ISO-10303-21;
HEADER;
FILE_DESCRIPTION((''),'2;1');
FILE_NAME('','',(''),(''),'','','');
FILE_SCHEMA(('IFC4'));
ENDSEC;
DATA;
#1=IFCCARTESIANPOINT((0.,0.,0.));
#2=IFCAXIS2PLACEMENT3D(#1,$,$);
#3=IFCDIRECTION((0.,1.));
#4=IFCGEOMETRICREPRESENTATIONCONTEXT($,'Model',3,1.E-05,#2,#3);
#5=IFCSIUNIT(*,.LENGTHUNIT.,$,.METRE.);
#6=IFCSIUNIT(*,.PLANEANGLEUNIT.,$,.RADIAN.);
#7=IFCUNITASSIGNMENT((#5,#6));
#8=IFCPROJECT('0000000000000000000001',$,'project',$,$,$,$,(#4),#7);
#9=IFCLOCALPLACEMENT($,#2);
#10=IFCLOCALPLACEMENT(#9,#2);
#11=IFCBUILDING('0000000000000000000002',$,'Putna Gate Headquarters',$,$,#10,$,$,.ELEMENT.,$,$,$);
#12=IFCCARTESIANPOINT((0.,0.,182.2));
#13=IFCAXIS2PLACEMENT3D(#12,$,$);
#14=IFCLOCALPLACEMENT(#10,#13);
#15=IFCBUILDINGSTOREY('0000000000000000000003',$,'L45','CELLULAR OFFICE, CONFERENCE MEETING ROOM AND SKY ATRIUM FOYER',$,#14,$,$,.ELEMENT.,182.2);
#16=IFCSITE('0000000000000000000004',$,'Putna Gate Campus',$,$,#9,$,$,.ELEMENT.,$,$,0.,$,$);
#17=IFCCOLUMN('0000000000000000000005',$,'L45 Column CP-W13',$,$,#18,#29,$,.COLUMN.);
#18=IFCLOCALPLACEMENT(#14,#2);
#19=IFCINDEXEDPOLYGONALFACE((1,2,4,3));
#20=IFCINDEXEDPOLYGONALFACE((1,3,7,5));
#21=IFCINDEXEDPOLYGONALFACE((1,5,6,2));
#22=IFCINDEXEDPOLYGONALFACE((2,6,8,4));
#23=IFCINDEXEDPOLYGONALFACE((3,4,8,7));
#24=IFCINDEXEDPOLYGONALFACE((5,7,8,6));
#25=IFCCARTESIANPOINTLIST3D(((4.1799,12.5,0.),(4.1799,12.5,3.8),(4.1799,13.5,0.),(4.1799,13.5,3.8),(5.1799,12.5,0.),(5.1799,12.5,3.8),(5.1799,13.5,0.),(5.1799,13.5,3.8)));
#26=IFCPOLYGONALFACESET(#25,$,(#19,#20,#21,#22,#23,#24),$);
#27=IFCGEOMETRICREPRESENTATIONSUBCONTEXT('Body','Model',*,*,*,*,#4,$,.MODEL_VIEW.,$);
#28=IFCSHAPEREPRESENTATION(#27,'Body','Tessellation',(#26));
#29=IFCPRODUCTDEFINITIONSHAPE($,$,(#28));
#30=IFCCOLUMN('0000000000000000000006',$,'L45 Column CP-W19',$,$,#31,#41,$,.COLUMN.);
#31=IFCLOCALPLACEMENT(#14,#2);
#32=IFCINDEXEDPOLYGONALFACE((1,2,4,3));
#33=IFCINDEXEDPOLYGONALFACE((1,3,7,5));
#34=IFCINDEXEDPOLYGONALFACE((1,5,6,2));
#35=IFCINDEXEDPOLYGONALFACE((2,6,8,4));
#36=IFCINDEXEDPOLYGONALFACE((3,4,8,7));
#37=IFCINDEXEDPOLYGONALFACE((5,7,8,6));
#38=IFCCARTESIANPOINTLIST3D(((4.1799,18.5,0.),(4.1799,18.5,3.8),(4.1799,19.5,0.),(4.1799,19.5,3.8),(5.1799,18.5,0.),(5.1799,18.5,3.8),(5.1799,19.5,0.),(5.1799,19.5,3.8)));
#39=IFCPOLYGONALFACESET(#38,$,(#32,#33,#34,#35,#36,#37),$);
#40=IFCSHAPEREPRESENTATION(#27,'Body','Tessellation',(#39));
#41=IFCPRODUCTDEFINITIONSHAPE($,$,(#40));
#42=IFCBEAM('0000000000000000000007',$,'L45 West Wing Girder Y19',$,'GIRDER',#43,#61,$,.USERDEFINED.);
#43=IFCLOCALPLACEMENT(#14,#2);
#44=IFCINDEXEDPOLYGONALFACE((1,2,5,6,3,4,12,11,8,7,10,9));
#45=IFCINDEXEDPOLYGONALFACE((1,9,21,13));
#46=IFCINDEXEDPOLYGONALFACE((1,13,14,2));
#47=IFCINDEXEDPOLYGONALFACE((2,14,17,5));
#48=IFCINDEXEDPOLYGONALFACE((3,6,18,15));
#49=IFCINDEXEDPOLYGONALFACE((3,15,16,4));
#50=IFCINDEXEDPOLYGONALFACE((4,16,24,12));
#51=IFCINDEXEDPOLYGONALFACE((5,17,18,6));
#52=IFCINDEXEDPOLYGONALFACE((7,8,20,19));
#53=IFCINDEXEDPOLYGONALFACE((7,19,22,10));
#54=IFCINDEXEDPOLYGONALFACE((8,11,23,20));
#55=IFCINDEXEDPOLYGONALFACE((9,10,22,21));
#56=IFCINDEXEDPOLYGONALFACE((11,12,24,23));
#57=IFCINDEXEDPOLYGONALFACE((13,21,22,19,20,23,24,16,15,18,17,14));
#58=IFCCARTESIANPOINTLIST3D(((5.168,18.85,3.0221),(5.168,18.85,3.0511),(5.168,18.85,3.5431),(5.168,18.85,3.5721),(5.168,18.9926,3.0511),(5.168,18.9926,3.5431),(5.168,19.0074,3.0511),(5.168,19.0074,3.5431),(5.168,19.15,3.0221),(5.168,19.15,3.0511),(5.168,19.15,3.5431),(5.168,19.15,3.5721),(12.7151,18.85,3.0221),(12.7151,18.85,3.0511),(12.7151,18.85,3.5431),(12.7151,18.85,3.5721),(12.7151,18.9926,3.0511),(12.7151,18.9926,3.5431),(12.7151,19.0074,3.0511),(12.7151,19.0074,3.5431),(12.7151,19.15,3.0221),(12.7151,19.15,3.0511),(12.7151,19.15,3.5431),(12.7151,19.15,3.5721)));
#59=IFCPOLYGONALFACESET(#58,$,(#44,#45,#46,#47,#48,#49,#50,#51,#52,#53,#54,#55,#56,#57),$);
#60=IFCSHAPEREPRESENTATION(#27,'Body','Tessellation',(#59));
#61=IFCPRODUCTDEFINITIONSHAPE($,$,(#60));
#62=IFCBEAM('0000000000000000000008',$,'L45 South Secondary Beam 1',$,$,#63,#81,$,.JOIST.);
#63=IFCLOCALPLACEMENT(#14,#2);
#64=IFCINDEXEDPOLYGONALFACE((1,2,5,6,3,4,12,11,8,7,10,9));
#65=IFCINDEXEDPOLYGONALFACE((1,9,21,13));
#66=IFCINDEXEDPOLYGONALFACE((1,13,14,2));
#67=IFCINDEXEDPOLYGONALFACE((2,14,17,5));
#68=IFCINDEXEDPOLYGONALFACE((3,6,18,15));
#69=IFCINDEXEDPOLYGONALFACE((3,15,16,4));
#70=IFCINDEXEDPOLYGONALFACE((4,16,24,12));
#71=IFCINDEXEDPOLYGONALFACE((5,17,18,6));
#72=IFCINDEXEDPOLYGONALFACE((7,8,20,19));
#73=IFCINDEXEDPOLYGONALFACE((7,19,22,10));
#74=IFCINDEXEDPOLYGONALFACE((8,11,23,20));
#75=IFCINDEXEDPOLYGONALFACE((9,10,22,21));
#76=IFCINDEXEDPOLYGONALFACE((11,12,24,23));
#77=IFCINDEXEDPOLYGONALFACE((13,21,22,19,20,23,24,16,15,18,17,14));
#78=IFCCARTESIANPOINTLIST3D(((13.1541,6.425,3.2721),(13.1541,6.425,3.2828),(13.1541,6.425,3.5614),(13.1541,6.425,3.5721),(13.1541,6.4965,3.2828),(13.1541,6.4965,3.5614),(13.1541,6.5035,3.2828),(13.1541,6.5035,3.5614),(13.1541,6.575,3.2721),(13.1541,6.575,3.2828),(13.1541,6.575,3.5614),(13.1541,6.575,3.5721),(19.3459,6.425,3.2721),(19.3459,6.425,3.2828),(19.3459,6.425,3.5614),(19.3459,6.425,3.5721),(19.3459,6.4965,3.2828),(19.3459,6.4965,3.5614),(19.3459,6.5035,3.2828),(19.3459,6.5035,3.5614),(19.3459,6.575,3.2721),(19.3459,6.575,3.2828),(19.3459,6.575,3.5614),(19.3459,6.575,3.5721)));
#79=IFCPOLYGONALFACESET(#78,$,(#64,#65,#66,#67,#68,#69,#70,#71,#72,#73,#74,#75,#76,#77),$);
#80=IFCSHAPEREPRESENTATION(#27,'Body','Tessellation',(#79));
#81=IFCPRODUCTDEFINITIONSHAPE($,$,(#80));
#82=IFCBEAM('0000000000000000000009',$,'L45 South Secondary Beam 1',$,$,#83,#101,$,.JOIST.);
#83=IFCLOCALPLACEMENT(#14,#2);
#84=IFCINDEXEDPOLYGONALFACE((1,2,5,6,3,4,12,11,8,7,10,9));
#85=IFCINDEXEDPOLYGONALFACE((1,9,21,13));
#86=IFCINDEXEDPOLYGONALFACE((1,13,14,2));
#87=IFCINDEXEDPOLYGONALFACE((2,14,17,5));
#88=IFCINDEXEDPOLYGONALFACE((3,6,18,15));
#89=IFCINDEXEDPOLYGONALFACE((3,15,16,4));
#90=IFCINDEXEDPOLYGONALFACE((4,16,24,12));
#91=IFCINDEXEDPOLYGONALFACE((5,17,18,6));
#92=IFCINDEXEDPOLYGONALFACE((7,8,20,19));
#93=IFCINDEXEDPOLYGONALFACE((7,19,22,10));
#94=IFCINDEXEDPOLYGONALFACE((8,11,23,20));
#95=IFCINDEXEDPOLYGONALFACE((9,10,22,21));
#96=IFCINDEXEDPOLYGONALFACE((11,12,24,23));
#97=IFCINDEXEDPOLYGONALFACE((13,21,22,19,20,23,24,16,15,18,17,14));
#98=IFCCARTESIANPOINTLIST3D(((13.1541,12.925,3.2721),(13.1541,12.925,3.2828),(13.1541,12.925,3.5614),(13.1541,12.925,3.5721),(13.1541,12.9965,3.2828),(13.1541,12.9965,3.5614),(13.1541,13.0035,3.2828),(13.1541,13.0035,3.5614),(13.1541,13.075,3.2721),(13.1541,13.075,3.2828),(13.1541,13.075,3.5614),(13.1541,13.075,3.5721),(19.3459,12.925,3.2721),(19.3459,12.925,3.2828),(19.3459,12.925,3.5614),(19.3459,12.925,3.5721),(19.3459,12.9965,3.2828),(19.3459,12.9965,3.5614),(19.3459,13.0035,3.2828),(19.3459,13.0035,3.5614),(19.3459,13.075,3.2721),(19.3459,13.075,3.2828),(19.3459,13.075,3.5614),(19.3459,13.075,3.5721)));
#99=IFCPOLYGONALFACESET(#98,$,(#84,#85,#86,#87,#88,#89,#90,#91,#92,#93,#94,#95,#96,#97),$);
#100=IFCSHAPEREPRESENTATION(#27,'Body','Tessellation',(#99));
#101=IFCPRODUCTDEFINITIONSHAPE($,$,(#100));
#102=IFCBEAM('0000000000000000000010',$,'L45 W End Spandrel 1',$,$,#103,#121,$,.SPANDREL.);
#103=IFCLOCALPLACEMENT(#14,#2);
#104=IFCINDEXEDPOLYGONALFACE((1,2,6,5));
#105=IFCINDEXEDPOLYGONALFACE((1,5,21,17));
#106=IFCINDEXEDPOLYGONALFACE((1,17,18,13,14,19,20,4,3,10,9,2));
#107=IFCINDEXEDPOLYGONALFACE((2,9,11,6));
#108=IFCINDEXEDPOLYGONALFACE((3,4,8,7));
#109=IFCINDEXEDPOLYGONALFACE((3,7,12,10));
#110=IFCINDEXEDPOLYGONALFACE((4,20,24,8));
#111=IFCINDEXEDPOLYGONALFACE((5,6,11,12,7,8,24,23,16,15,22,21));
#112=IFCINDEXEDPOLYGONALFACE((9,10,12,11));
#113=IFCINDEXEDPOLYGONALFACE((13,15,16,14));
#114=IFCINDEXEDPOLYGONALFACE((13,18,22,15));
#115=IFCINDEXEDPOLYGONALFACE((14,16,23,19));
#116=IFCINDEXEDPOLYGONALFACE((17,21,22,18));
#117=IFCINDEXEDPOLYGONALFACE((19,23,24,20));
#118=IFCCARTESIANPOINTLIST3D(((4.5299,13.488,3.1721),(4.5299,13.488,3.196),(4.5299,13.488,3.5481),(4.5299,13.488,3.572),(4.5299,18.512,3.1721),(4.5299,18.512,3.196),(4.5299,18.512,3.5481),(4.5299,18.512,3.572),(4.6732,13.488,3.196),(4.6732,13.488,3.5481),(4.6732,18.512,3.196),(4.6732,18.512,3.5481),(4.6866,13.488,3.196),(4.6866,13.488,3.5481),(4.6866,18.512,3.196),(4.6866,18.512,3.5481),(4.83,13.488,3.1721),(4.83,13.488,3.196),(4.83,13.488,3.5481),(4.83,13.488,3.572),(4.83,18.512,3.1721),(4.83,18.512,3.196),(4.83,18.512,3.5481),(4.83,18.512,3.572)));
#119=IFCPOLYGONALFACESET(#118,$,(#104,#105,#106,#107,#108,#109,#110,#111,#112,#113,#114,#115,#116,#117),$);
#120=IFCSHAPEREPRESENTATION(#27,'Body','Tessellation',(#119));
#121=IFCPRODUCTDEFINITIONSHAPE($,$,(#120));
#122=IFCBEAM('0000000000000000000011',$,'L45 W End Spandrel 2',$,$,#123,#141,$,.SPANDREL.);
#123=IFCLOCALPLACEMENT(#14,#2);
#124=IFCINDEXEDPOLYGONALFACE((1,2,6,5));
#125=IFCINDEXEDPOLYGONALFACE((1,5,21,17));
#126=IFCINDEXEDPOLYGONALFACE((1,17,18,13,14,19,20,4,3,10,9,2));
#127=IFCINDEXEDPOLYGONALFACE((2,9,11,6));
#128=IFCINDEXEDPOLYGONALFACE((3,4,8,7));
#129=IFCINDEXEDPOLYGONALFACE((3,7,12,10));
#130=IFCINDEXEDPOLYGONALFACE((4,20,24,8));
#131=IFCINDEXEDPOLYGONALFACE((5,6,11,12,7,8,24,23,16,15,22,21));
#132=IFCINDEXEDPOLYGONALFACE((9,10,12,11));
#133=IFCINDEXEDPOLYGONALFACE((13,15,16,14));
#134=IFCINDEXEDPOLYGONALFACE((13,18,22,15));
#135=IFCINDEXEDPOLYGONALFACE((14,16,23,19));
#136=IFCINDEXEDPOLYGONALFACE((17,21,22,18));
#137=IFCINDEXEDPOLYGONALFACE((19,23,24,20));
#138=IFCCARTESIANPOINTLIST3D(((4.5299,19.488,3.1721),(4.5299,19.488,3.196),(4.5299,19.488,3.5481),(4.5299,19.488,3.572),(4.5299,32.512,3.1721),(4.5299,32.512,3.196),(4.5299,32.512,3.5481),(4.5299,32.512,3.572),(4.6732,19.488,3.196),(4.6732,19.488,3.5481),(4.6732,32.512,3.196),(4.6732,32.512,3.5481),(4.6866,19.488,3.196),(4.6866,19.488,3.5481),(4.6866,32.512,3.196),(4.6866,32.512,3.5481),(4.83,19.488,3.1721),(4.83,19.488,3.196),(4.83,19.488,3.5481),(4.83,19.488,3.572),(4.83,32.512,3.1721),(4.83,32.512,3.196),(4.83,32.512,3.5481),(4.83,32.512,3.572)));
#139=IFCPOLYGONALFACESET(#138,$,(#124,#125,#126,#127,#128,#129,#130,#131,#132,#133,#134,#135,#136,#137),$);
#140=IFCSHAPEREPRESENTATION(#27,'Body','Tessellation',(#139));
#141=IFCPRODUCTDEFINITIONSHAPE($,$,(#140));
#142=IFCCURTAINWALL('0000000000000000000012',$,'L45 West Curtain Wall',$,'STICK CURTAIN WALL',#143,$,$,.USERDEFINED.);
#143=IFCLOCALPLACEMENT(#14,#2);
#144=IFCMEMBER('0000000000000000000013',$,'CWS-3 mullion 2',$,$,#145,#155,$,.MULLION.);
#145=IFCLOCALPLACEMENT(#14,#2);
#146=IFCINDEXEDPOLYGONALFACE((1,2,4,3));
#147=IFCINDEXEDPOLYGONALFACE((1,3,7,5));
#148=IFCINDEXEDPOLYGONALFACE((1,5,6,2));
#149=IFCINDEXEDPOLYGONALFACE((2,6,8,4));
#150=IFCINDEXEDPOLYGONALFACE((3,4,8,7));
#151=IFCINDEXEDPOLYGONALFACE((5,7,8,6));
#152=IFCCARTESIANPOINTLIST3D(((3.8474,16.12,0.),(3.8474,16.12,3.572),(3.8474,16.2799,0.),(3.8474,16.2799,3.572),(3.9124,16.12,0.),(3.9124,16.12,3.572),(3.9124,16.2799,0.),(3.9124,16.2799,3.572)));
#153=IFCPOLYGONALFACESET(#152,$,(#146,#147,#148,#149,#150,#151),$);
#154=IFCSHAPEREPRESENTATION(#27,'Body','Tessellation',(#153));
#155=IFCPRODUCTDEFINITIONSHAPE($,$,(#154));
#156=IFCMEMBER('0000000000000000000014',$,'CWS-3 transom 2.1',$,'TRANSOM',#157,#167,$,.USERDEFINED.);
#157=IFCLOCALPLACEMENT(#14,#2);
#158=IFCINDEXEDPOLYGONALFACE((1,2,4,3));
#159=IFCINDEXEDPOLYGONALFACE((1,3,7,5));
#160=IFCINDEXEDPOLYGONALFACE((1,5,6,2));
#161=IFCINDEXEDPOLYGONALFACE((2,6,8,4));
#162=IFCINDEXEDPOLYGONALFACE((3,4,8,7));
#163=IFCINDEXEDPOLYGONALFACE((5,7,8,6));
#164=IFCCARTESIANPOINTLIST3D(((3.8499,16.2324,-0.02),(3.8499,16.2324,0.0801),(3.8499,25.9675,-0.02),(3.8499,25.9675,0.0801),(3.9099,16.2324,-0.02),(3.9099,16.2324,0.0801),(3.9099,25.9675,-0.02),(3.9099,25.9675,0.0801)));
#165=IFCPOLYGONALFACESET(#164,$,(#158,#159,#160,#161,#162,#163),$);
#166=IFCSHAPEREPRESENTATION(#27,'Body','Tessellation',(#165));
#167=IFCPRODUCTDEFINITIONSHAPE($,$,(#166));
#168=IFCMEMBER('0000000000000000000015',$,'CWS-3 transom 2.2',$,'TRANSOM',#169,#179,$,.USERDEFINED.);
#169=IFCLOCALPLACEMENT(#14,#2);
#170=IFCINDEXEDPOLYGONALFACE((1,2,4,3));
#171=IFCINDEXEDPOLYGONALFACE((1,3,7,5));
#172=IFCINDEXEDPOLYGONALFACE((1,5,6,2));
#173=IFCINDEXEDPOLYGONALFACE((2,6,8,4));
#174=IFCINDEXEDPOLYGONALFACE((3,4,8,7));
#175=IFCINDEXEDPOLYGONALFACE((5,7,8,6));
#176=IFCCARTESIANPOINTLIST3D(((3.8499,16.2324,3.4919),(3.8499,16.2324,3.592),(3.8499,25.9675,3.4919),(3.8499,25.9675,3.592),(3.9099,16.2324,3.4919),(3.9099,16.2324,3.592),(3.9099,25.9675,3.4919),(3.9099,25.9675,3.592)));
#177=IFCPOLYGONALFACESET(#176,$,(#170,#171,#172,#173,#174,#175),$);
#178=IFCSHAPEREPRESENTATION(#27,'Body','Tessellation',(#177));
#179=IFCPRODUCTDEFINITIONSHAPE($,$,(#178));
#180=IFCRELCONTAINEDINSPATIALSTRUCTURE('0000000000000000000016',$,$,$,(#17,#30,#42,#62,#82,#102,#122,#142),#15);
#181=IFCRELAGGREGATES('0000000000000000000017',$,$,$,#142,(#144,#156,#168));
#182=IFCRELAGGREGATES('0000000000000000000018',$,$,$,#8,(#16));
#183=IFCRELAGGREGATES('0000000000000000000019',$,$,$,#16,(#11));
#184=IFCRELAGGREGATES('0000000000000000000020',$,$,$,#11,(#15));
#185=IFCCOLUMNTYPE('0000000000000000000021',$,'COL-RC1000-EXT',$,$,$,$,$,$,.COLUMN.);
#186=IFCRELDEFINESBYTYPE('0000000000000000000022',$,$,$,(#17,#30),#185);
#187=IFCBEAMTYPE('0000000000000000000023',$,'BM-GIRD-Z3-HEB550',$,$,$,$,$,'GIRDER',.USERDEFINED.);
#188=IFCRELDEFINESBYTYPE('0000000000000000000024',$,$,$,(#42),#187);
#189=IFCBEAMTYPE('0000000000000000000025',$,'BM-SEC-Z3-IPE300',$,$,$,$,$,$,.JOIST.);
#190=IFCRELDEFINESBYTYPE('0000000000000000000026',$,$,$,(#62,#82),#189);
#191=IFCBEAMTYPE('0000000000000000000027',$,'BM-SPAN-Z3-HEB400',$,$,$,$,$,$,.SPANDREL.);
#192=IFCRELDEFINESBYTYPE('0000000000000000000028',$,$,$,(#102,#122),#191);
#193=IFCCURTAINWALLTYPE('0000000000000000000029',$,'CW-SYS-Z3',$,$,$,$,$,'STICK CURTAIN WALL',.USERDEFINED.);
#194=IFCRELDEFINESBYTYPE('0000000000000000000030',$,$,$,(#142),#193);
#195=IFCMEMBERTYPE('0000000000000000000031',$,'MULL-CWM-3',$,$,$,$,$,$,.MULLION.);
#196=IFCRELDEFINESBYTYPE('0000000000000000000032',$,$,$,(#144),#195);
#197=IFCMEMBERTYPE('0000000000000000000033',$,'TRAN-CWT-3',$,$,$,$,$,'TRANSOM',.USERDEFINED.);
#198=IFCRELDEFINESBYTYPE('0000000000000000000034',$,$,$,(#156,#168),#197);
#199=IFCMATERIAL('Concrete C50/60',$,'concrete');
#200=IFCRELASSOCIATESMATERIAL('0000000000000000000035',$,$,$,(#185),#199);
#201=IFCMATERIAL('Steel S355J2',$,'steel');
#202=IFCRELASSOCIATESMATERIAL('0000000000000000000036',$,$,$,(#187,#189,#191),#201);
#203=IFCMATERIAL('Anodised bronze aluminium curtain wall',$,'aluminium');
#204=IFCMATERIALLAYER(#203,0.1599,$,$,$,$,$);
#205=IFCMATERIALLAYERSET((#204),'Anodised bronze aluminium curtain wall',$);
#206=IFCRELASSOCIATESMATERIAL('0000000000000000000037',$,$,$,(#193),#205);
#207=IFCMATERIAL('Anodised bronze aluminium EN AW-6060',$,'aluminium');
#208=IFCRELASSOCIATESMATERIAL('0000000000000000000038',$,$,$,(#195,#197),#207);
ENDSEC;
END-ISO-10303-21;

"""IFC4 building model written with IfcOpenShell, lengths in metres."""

from ifc_helpers import new_model, si_unit, direction, frame, origin, origin_2d, place, context, subcontext, project, spatial, rectangle, i_section, extrude, material, layer, layer_set, material_profile, profile_set, type_object, element, aggregate, save


model = new_model("IFC4")

# Units and contexts
model_context = context("Model", 3, precision=1e-05, world=origin(), true_north=direction((0.0, 1.0)))
body_context = subcontext(model_context, "Body", "Model", "MODEL_VIEW")
ifc_project = project(units=[si_unit("LENGTHUNIT", "METRE"), si_unit("PLANEANGLEUNIT", "RADIAN")], contexts=[model_context])

# Site, building, storey
site_placement = place(None, origin())
site = spatial("IfcSite", under=ifc_project, at=site_placement, Name="Putna Gate Campus", CompositionType="ELEMENT", RefElevation=0.0)
building_placement = place(site_placement, origin())
building = spatial("IfcBuilding", under=site, at=building_placement, Name="Putna Gate Headquarters", CompositionType="ELEMENT")
storey_placement = place(building_placement, frame((0.0, 0.0, 182.2)))
storey = spatial("IfcBuildingStorey", under=building, at=storey_placement, Name="L45", Description="CELLULAR OFFICE, CONFERENCE MEETING ROOM AND SKY ATRIUM FOYER", CompositionType="ELEMENT", Elevation=182.2)

# Columns
ifc_material_1 = material(Name="Concrete C50/60", Category="concrete")
ifc_material_profile_1 = material_profile(ifc_material_1, rectangle(XDim=1.0, YDim=1.0, at=origin_2d()), Name="Concrete C50/60")
ifc_profile_set_1 = profile_set([ifc_material_profile_1], Name="Concrete C50/60")
column_type = type_object("IfcColumnType", Name="COL-RC1000-EXT", PredefinedType="COLUMN", material=ifc_profile_set_1)
for number, where, z_axis, x_axis, name in (
    (1, (4.6799, 13.0, 0.0), (0.0, 0.0, 1.0), (1.0, 0.0, 0.0), "L45 Column CP-W13"),
    (2, (4.6799, 19.0, 0.0), (0.0, 0.0, 1.0), (1.0, 0.0, 0.0), "L45 Column CP-W19"),
):
    element("IfcColumn", number, at=place(storey_placement, frame(where, z_axis=z_axis, x_axis=x_axis)), inside=storey, type_object=column_type, Name=name, PredefinedType="COLUMN", context=body_context, shape_type="SweptSolid", body=[
        extrude(rectangle(XDim=1.0, YDim=1.0, at=origin_2d()), origin(), (0.0, 0.0, 1.0), 3.8),
    ])

# Beams
ifc_material_2 = material(Name="Steel S355J2", Category="steel")
ifc_material_profile_2 = material_profile(ifc_material_2, i_section(OverallWidth=0.3, OverallDepth=0.55, WebThickness=0.0149, FlangeThickness=0.0291, at=origin_2d()), Name="Steel S355J2")
ifc_profile_set_2 = profile_set([ifc_material_profile_2], Name="Steel S355J2")
beam_type_1 = type_object("IfcBeamType", Name="BM-GIRD-Z3-HEB550", ElementType="GIRDER", PredefinedType="USERDEFINED", material=ifc_profile_set_2)
beam_1_placement = place(storey_placement, frame((5.168, 19.0, 3.2971), z_axis=(1.0, 0.0, 0.0), x_axis=(0.0, 1.0, 0.0)))
element("IfcBeam", 3, at=beam_1_placement, inside=storey, type_object=beam_type_1, Name="L45 West Wing Girder Y19", ObjectType="GIRDER", PredefinedType="USERDEFINED", context=body_context, shape_type="SweptSolid", body=[
    extrude(i_section(OverallWidth=0.3, OverallDepth=0.55, WebThickness=0.0149, FlangeThickness=0.0291, at=origin_2d()), origin(), (0.0, 0.0, 1.0), 7.5471),
])
ifc_material_profile_3 = material_profile(ifc_material_2, i_section(OverallWidth=0.1499, OverallDepth=0.3, WebThickness=0.0071, FlangeThickness=0.0107, at=origin_2d()), Name="Steel S355J2")
ifc_profile_set_3 = profile_set([ifc_material_profile_3], Name="Steel S355J2")
beam_type_2 = type_object("IfcBeamType", Name="BM-SEC-Z3-IPE300", PredefinedType="JOIST", material=ifc_profile_set_3)
for number, where, z_axis, x_axis, name in (
    (4, (13.1541, 6.5, 3.4221), (1.0, 0.0, 0.0), (0.0, 1.0, 0.0), "L45 South Secondary Beam 1"),
    (5, (13.1541, 13.0, 3.4221), (1.0, 0.0, 0.0), (0.0, 1.0, 0.0), "L45 South Secondary Beam 1"),
):
    element("IfcBeam", number, at=place(storey_placement, frame(where, z_axis=z_axis, x_axis=x_axis)), inside=storey, type_object=beam_type_2, Name=name, PredefinedType="JOIST", context=body_context, shape_type="SweptSolid", body=[
        extrude(i_section(OverallWidth=0.1499, OverallDepth=0.3, WebThickness=0.0071, FlangeThickness=0.0107, at=origin_2d()), origin(), (0.0, 0.0, 1.0), 6.1919),
    ])
ifc_material_profile_4 = material_profile(ifc_material_2, i_section(OverallWidth=0.3, OverallDepth=0.3999, WebThickness=0.0134, FlangeThickness=0.0239, at=origin_2d()), Name="Steel S355J2")
ifc_profile_set_4 = profile_set([ifc_material_profile_4], Name="Steel S355J2")
beam_type_3 = type_object("IfcBeamType", Name="BM-SPAN-Z3-HEB400", PredefinedType="SPANDREL", material=ifc_profile_set_4)
beam_2_placement = place(storey_placement, frame((4.6799, 13.488, 3.3721), z_axis=(0.0, 1.0, 0.0), x_axis=(-1.0, 0.0, 0.0)))
element("IfcBeam", 6, at=beam_2_placement, inside=storey, type_object=beam_type_3, Name="L45 W End Spandrel 1", PredefinedType="SPANDREL", context=body_context, shape_type="SweptSolid", body=[
    extrude(i_section(OverallWidth=0.3, OverallDepth=0.3999, WebThickness=0.0134, FlangeThickness=0.0239, at=origin_2d()), origin(), (0.0, 0.0, 1.0), 5.0239),
])
beam_3_placement = place(storey_placement, frame((4.6799, 19.488, 3.3721), z_axis=(0.0, 1.0, 0.0), x_axis=(-1.0, 0.0, 0.0)))
element("IfcBeam", 7, at=beam_3_placement, inside=storey, type_object=beam_type_3, Name="L45 W End Spandrel 2", PredefinedType="SPANDREL", context=body_context, shape_type="SweptSolid", body=[
    extrude(i_section(OverallWidth=0.3, OverallDepth=0.3999, WebThickness=0.0134, FlangeThickness=0.0239, at=origin_2d()), origin(), (0.0, 0.0, 1.0), 13.0239),
])

# Curtain wall, members
ifc_material_3 = material(Name="Anodised bronze aluminium curtain wall", Category="aluminium")
ifc_layer_1 = layer(ifc_material_3, 0.1599)
ifc_layer_set_1 = layer_set([ifc_layer_1], Name="Anodised bronze aluminium curtain wall")
curtain_wall_type = type_object("IfcCurtainWallType", Name="CW-SYS-Z3", ElementType="STICK CURTAIN WALL", PredefinedType="USERDEFINED", material=ifc_layer_set_1)
curtain_wall_placement = place(storey_placement, origin())
curtain_wall = element("IfcCurtainWall", 8, at=curtain_wall_placement, inside=storey, type_object=curtain_wall_type, Name="L45 West Curtain Wall", ObjectType="STICK CURTAIN WALL", PredefinedType="USERDEFINED")
ifc_material_4 = material(Name="Anodised bronze aluminium EN AW-6060", Category="aluminium")
ifc_material_profile_5 = material_profile(ifc_material_4, rectangle(XDim=0.0649, YDim=0.1599, at=origin_2d()), Name="Anodised bronze aluminium EN AW-6060")
ifc_profile_set_5 = profile_set([ifc_material_profile_5], Name="Anodised bronze aluminium EN AW-6060")
member_type_1 = type_object("IfcMemberType", Name="MULL-CWM-3", PredefinedType="MULLION", material=ifc_profile_set_5)
member_1_placement = place(storey_placement, frame((3.8799, 16.2, 0.0), z_axis=(0.0, 0.0, 1.0), x_axis=(-1.0, 0.0, 0.0)))
member_1 = element("IfcMember", 9, at=member_1_placement, type_object=member_type_1, Name="CWS-3 mullion 2", PredefinedType="MULLION", context=body_context, shape_type="SweptSolid", body=[
    extrude(rectangle(XDim=0.0649, YDim=0.1599, at=origin_2d()), origin(), (0.0, 0.0, 1.0), 3.572),
])
ifc_material_profile_6 = material_profile(ifc_material_4, rectangle(XDim=0.0601, YDim=0.1001, at=origin_2d()), Name="Anodised bronze aluminium EN AW-6060")
ifc_profile_set_6 = profile_set([ifc_material_profile_6], Name="Anodised bronze aluminium EN AW-6060")
member_type_2 = type_object("IfcMemberType", Name="TRAN-CWT-3", ElementType="TRANSOM", PredefinedType="USERDEFINED", material=ifc_profile_set_6)
member_2_placement = place(storey_placement, frame((3.8799, 16.2324, 0.03), z_axis=(0.0, 1.0, 0.0), x_axis=(-1.0, 0.0, 0.0)))
member_2 = element("IfcMember", 10, at=member_2_placement, type_object=member_type_2, Name="CWS-3 transom 2.1", ObjectType="TRANSOM", PredefinedType="USERDEFINED", context=body_context, shape_type="SweptSolid", body=[
    extrude(rectangle(XDim=0.0601, YDim=0.1001, at=origin_2d()), origin(), (0.0, 0.0, 1.0), 9.7351),
])
member_3_placement = place(storey_placement, frame((3.8799, 16.2324, 3.542), z_axis=(0.0, 1.0, 0.0), x_axis=(-1.0, 0.0, 0.0)))
member_3 = element("IfcMember", 11, at=member_3_placement, type_object=member_type_2, Name="CWS-3 transom 2.2", ObjectType="TRANSOM", PredefinedType="USERDEFINED", context=body_context, shape_type="SweptSolid", body=[
    extrude(rectangle(XDim=0.0601, YDim=0.1001, at=origin_2d()), origin(), (0.0, 0.0, 1.0), 9.7351),
])
aggregate(curtain_wall, [member_1, member_2, member_3])

save(model, "model.ifc")
